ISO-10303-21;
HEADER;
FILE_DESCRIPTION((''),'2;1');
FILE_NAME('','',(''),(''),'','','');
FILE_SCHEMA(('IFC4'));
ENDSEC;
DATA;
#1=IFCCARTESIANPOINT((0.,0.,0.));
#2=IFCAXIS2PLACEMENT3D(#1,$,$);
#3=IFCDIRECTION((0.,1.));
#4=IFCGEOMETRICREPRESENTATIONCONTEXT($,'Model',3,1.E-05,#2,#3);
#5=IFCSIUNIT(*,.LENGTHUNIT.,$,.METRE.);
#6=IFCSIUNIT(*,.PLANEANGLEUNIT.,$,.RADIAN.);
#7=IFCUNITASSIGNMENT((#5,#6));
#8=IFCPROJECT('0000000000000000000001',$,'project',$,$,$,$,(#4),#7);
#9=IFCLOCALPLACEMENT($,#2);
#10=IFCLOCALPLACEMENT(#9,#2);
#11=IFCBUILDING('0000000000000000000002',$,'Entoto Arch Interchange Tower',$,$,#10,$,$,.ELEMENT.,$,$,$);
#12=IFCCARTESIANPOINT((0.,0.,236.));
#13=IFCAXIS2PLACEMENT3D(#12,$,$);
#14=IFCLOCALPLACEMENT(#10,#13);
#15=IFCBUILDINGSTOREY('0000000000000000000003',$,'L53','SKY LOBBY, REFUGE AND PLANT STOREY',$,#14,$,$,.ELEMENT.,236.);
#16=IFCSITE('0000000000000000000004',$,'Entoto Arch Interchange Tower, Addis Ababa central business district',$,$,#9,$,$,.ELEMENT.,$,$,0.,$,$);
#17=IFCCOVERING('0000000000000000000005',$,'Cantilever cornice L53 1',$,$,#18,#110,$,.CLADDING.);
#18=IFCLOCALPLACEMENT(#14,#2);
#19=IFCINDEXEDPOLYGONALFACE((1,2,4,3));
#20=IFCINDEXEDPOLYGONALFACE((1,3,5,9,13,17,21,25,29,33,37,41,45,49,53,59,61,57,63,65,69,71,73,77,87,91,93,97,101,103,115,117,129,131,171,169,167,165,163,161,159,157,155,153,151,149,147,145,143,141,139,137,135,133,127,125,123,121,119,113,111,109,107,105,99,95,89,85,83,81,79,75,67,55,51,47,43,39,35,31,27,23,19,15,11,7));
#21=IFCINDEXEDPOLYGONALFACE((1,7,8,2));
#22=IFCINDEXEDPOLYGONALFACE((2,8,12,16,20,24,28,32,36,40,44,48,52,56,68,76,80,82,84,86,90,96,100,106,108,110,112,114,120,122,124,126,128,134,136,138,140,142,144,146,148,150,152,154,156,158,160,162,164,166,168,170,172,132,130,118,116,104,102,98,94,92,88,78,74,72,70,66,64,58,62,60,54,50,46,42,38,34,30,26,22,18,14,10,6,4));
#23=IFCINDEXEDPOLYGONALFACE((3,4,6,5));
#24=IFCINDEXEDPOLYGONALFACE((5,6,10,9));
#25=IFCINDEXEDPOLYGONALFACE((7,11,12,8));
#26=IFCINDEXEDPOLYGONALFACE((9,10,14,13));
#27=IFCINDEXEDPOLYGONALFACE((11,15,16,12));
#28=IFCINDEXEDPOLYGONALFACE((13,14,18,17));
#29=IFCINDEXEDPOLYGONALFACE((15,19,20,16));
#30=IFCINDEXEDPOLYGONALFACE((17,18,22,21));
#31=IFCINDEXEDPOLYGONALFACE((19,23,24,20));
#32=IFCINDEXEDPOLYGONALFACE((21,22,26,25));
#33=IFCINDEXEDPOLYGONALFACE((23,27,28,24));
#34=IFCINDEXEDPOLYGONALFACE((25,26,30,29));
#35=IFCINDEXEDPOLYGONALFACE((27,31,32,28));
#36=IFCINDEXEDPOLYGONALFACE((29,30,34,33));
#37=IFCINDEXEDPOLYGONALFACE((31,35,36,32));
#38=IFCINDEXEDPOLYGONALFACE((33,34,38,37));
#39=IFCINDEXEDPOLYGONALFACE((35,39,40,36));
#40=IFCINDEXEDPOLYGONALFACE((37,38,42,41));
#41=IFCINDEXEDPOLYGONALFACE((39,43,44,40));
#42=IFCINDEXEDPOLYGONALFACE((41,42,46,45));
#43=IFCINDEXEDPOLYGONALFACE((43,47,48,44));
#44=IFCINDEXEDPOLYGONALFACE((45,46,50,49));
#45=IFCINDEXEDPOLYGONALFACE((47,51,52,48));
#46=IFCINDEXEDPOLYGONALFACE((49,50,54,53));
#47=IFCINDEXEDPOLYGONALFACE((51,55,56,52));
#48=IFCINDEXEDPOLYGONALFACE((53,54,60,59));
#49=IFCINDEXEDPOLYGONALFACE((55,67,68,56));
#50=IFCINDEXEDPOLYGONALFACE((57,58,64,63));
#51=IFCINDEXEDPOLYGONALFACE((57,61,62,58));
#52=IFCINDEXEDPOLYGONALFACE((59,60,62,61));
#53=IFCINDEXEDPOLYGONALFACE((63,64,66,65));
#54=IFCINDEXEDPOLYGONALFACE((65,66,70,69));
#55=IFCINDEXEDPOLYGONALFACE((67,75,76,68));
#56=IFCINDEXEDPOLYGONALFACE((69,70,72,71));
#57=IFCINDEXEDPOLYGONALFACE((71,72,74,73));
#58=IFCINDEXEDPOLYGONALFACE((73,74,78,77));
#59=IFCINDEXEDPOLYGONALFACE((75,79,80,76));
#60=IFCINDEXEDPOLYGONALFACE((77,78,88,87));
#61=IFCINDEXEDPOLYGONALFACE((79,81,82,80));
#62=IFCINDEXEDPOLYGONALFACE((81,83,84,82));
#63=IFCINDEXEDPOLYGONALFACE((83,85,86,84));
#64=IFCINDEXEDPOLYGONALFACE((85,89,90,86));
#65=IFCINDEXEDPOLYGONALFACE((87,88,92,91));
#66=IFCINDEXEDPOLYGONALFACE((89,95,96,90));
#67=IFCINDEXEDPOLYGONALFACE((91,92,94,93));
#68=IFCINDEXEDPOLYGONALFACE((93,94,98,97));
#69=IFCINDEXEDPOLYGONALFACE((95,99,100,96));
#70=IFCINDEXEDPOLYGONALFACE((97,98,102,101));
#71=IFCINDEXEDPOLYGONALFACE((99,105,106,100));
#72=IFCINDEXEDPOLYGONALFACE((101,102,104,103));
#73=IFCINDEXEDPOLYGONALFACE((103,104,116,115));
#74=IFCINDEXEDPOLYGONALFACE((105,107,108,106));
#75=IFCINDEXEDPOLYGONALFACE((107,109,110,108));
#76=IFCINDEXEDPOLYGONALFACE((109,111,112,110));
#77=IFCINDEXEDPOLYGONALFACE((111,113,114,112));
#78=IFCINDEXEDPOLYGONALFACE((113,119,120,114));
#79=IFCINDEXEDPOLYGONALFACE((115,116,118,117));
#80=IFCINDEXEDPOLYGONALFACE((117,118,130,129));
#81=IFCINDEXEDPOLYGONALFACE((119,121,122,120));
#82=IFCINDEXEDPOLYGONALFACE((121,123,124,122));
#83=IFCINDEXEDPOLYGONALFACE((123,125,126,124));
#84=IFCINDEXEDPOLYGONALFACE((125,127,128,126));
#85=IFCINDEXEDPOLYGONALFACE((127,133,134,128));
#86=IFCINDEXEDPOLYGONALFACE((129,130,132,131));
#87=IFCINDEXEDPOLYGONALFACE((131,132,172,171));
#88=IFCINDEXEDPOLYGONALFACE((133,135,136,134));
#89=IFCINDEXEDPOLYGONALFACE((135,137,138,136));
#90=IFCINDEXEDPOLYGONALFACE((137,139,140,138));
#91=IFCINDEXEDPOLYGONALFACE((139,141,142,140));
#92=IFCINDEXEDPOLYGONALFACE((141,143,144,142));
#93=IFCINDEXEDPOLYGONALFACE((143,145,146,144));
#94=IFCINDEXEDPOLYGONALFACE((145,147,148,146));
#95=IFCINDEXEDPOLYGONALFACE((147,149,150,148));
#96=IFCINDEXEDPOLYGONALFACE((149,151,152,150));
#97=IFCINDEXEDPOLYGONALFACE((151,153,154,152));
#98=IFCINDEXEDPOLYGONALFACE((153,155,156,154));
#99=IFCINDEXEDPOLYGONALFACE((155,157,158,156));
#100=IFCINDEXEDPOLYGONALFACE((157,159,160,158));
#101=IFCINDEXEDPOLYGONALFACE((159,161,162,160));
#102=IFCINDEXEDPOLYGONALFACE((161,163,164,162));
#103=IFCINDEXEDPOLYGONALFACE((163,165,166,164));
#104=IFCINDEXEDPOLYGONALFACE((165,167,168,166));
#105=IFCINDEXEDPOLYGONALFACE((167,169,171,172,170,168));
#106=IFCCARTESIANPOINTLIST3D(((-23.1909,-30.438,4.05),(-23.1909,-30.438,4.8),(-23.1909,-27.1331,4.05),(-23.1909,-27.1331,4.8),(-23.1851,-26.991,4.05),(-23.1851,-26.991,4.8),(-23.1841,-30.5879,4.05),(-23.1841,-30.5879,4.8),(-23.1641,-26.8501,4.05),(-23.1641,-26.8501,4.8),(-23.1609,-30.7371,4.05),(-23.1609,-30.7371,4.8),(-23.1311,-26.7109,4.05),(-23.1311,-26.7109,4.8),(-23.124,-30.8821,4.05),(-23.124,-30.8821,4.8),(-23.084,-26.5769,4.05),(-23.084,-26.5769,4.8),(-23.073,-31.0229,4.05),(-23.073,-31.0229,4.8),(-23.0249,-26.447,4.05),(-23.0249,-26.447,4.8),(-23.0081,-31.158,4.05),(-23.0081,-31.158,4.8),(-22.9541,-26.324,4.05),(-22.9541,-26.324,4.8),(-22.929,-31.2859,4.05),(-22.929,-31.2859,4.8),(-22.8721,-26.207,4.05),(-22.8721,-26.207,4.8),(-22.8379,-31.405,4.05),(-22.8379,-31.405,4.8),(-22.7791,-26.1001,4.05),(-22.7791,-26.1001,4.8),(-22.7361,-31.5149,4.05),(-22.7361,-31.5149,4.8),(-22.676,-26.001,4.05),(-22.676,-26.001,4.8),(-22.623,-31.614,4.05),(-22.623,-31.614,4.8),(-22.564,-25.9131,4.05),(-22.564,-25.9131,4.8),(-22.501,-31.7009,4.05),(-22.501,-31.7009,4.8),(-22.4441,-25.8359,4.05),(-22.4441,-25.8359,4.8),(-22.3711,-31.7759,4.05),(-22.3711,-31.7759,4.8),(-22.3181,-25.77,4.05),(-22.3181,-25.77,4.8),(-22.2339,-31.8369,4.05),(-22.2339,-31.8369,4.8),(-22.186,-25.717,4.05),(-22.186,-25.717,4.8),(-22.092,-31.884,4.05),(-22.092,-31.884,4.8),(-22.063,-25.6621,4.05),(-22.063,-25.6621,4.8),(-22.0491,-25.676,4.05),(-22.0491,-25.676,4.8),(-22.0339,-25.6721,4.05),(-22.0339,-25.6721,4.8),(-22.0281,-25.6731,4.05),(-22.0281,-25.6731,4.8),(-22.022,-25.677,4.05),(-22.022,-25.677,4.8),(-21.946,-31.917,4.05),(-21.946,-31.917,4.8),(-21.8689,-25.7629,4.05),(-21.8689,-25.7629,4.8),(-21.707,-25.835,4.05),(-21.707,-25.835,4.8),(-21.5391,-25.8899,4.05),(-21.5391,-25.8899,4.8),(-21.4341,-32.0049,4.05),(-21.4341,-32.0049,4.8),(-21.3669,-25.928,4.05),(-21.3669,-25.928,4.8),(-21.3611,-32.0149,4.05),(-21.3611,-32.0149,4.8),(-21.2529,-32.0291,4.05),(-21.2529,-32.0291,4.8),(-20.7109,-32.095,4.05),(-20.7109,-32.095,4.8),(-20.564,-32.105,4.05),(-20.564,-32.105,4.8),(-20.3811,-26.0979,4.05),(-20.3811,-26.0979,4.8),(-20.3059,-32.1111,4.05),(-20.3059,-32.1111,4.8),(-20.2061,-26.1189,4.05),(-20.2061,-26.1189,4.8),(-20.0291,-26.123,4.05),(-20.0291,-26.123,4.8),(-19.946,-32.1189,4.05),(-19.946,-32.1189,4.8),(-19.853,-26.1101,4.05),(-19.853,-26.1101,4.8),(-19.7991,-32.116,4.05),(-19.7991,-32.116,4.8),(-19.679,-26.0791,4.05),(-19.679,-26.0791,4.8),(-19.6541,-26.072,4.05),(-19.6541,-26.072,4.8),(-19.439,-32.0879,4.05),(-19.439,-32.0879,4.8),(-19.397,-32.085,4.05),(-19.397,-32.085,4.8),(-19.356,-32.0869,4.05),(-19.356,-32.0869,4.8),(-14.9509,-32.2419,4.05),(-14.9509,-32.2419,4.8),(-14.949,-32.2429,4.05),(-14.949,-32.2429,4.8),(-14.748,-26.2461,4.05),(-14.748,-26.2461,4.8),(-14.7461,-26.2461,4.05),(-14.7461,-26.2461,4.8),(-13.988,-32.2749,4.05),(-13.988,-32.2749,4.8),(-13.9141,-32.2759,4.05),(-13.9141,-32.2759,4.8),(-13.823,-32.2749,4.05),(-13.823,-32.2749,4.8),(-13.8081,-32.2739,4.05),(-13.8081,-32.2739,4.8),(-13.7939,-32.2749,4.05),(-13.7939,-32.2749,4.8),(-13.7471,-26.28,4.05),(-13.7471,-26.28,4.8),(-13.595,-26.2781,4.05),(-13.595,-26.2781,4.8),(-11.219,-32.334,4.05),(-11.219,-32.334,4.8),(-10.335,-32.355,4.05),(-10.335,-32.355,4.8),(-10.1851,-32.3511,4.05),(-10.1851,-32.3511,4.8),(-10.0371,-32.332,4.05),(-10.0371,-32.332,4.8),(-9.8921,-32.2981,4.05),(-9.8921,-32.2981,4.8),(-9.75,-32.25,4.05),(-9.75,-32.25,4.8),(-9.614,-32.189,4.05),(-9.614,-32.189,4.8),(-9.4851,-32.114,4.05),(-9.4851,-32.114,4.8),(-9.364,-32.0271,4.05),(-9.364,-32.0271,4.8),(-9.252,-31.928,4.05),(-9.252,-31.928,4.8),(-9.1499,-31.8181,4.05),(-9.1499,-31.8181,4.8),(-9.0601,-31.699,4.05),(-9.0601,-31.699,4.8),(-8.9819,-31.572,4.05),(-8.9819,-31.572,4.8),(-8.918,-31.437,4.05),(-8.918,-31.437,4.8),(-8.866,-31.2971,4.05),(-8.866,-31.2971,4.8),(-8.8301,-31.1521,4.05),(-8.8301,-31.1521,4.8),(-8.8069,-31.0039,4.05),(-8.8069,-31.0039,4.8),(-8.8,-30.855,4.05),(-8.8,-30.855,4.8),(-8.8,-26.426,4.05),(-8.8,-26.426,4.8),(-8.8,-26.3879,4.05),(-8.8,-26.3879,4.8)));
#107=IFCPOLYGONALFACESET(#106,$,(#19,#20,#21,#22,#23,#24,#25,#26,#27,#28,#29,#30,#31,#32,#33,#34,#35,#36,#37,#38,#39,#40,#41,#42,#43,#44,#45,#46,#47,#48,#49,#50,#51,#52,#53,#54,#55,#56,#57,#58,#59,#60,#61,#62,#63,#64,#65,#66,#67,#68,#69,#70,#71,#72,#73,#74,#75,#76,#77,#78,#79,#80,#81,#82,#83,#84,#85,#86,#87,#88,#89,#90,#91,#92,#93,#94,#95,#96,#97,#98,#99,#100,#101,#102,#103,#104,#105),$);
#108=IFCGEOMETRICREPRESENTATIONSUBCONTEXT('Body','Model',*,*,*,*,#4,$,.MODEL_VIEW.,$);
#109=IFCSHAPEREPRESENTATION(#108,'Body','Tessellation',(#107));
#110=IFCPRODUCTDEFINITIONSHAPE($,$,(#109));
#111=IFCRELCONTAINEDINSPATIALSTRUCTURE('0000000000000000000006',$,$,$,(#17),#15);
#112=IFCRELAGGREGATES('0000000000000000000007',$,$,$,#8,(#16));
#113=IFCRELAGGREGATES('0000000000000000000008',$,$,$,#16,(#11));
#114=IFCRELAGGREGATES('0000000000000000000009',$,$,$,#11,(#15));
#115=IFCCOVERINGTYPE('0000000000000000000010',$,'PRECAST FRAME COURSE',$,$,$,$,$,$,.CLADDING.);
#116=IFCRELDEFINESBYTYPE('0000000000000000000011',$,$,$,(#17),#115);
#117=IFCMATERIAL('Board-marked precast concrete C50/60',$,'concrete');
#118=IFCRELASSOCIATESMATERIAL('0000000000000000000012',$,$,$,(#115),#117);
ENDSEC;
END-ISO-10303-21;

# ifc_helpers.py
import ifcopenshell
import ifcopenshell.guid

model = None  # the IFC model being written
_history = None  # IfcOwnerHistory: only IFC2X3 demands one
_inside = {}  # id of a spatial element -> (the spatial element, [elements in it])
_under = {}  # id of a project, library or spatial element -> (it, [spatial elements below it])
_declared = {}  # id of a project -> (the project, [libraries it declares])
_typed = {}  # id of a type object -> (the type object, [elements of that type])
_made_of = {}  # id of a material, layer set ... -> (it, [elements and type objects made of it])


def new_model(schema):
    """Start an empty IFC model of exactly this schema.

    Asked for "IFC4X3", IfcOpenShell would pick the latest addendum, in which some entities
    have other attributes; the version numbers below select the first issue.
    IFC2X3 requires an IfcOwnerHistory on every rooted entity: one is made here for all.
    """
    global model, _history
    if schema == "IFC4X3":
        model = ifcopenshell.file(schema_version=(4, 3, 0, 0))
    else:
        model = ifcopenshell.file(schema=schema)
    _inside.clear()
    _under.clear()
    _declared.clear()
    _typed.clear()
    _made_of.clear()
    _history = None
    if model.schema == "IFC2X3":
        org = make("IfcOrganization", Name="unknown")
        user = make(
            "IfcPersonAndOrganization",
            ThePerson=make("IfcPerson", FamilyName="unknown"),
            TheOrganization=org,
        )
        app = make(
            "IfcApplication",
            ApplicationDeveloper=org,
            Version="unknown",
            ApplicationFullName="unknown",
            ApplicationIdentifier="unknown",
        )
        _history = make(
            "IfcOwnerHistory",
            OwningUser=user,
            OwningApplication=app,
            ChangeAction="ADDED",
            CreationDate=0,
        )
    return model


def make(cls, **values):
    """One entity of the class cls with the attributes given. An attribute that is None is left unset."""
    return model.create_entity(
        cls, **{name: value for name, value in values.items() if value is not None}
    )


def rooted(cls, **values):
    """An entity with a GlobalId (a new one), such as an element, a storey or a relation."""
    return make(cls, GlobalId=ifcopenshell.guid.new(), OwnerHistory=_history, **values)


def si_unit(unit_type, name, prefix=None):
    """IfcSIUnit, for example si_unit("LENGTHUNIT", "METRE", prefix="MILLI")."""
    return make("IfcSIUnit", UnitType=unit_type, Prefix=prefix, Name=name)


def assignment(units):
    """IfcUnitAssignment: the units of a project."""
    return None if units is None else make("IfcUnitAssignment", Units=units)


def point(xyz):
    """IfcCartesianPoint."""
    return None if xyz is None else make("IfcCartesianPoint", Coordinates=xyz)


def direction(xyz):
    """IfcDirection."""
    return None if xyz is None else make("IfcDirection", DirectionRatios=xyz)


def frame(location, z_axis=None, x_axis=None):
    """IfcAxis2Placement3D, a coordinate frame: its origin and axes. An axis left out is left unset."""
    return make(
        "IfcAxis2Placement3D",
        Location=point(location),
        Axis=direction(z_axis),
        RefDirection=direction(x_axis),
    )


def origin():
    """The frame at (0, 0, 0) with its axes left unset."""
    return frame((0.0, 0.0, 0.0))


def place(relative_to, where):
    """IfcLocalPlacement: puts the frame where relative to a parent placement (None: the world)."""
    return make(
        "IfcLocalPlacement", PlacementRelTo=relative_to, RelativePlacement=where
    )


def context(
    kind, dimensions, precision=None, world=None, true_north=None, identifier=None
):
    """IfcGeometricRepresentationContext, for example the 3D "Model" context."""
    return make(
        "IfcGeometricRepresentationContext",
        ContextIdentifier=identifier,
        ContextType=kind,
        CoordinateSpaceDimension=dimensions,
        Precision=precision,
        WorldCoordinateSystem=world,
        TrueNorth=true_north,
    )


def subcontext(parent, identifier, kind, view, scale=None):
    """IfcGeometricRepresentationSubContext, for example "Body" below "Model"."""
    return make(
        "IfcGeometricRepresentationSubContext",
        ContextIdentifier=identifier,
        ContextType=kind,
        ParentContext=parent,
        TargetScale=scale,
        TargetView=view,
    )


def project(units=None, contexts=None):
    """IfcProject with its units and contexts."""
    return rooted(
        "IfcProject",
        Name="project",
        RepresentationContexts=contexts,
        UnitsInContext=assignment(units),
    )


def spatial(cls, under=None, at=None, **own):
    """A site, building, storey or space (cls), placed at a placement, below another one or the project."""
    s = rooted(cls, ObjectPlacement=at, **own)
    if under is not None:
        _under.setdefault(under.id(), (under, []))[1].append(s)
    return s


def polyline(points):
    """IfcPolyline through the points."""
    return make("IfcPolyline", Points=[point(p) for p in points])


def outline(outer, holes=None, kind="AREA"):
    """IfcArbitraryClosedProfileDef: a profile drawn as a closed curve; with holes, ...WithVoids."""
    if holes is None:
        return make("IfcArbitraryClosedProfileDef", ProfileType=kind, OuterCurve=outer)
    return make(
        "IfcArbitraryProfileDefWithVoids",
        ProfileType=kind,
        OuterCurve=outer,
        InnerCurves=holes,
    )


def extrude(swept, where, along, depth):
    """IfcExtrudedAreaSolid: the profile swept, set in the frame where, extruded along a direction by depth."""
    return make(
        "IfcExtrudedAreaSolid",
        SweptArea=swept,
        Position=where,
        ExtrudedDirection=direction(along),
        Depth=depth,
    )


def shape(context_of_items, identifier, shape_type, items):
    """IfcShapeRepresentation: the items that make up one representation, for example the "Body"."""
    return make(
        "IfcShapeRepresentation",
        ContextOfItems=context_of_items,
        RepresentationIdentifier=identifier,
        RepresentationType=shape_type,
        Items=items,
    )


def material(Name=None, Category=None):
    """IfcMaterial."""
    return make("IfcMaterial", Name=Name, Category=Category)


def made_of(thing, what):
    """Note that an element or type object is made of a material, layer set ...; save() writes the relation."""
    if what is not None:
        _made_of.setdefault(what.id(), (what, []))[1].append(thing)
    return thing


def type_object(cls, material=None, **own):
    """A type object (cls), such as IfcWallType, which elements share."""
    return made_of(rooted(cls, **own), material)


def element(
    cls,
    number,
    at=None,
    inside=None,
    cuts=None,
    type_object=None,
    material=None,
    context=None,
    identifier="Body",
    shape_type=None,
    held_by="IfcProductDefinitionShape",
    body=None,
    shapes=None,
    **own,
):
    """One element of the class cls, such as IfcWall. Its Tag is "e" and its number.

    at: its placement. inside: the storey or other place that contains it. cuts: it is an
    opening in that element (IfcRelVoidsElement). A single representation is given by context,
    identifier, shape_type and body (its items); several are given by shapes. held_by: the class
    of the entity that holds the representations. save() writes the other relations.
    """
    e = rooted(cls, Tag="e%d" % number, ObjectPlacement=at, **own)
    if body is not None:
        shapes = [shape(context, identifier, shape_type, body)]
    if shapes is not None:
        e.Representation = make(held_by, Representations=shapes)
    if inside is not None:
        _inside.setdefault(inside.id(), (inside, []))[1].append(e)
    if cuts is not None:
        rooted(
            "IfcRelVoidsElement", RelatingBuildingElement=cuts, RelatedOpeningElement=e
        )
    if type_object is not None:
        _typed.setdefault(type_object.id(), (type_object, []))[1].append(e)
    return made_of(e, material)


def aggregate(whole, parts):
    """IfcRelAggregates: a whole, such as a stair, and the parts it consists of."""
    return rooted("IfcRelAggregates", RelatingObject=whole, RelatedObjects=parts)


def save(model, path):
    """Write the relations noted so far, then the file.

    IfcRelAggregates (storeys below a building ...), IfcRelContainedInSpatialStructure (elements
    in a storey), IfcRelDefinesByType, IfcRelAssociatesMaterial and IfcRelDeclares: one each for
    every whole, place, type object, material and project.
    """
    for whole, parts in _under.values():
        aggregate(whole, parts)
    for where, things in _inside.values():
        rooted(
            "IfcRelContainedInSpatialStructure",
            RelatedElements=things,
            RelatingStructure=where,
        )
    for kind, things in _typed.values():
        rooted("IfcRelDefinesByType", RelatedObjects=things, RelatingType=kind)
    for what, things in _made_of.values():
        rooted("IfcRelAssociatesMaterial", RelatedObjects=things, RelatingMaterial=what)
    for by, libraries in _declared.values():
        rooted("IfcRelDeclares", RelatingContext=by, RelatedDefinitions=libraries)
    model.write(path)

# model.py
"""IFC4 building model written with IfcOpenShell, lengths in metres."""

from ifc_helpers import new_model, si_unit, direction, frame, origin, place, context, subcontext, project, spatial, polyline, outline, extrude, material, type_object, element, save


model = new_model("IFC4")

# Units and contexts
model_context = context("Model", 3, precision=1e-05, world=origin(), true_north=direction((0.0, 1.0)))
body_context = subcontext(model_context, "Body", "Model", "MODEL_VIEW")
ifc_project = project(units=[si_unit("LENGTHUNIT", "METRE"), si_unit("PLANEANGLEUNIT", "RADIAN")], contexts=[model_context])

# Site, building, storey
site_placement = place(None, origin())
site = spatial("IfcSite", under=ifc_project, at=site_placement, Name="Entoto Arch Interchange Tower, Addis Ababa central business district", CompositionType="ELEMENT", RefElevation=0.0)
building_placement = place(site_placement, origin())
building = spatial("IfcBuilding", under=site, at=building_placement, Name="Entoto Arch Interchange Tower", CompositionType="ELEMENT")
storey_placement = place(building_placement, frame((0.0, 0.0, 236.0)))
storey = spatial("IfcBuildingStorey", under=building, at=storey_placement, Name="L53", Description="SKY LOBBY, REFUGE AND PLANT STOREY", CompositionType="ELEMENT", Elevation=236.0)

# Covering
ifc_material = material(Name="Board-marked precast concrete C50/60", Category="concrete")
covering_type_1 = type_object("IfcCoveringType", Name="PRECAST FRAME COURSE", PredefinedType="CLADDING", material=ifc_material)
covering_1_placement = place(storey_placement, frame((0.0, 0.0, 4.05)))
element("IfcCovering", 1, at=covering_1_placement, inside=storey, type_object=covering_type_1, Name="Cantilever cornice L53 1", PredefinedType="CLADDING", context=body_context, shape_type="SweptSolid", body=[
    extrude(outline(polyline([(-8.8301, -31.1521), (-8.866, -31.2971), (-8.918, -31.437), (-8.9819, -31.572), (-9.0601, -31.699), (-9.1499, -31.8181), (-9.252, -31.928), (-9.364, -32.0271), (-9.4851, -32.114), (-9.614, -32.189), (-9.75, -32.25), (-9.8921, -32.2981), (-10.0371, -32.332), (-10.1851, -32.3511), (-10.335, -32.355), (-11.219, -32.334), (-13.7939, -32.2749), (-13.8081, -32.2739), (-13.823, -32.2749), (-13.9141, -32.2759), (-13.988, -32.2749), (-14.949, -32.2429), (-14.9509, -32.2419), (-19.356, -32.0869), (-19.356, -32.0869), (-19.397, -32.085), (-19.439, -32.0879), (-19.7991, -32.116), (-19.946, -32.1189), (-20.3059, -32.1111), (-20.564, -32.105), (-20.7109, -32.095), (-21.2529, -32.0291), (-21.3611, -32.0149), (-21.4341, -32.0049), (-21.946, -31.917), (-22.092, -31.884), (-22.2339, -31.8369), (-22.3711, -31.7759), (-22.501, -31.7009), (-22.623, -31.614), (-22.7361, -31.5149), (-22.8379, -31.405), (-22.929, -31.2859), (-23.0081, -31.158), (-23.073, -31.0229), (-23.124, -30.8821), (-23.1609, -30.7371), (-23.1841, -30.5879), (-23.1909, -30.438), (-23.1909, -27.1331), (-23.1851, -26.991), (-23.1641, -26.8501), (-23.1311, -26.7109), (-23.084, -26.5769), (-23.0249, -26.447), (-22.9541, -26.324), (-22.8721, -26.207), (-22.7791, -26.1001), (-22.676, -26.001), (-22.564, -25.9131), (-22.4441, -25.8359), (-22.3181, -25.77), (-22.186, -25.717), (-22.0491, -25.676), (-22.0339, -25.6721), (-22.063, -25.6621), (-22.0281, -25.6731), (-22.022, -25.677), (-21.8689, -25.7629), (-21.707, -25.835), (-21.5391, -25.8899), (-21.3669, -25.928), (-20.3811, -26.0979), (-20.2061, -26.1189), (-20.0291, -26.123), (-19.853, -26.1101), (-19.679, -26.0791), (-19.6541, -26.072), (-14.748, -26.2461), (-14.7461, -26.2461), (-13.7471, -26.28), (-13.595, -26.2781), (-8.8, -26.3879), (-8.8, -26.426), (-8.8, -30.855), (-8.8069, -31.0039), (-8.8301, -31.1521)])), origin(), (0.0, 0.0, 1.0), 0.75),
])

save(model, "model.ifc")
